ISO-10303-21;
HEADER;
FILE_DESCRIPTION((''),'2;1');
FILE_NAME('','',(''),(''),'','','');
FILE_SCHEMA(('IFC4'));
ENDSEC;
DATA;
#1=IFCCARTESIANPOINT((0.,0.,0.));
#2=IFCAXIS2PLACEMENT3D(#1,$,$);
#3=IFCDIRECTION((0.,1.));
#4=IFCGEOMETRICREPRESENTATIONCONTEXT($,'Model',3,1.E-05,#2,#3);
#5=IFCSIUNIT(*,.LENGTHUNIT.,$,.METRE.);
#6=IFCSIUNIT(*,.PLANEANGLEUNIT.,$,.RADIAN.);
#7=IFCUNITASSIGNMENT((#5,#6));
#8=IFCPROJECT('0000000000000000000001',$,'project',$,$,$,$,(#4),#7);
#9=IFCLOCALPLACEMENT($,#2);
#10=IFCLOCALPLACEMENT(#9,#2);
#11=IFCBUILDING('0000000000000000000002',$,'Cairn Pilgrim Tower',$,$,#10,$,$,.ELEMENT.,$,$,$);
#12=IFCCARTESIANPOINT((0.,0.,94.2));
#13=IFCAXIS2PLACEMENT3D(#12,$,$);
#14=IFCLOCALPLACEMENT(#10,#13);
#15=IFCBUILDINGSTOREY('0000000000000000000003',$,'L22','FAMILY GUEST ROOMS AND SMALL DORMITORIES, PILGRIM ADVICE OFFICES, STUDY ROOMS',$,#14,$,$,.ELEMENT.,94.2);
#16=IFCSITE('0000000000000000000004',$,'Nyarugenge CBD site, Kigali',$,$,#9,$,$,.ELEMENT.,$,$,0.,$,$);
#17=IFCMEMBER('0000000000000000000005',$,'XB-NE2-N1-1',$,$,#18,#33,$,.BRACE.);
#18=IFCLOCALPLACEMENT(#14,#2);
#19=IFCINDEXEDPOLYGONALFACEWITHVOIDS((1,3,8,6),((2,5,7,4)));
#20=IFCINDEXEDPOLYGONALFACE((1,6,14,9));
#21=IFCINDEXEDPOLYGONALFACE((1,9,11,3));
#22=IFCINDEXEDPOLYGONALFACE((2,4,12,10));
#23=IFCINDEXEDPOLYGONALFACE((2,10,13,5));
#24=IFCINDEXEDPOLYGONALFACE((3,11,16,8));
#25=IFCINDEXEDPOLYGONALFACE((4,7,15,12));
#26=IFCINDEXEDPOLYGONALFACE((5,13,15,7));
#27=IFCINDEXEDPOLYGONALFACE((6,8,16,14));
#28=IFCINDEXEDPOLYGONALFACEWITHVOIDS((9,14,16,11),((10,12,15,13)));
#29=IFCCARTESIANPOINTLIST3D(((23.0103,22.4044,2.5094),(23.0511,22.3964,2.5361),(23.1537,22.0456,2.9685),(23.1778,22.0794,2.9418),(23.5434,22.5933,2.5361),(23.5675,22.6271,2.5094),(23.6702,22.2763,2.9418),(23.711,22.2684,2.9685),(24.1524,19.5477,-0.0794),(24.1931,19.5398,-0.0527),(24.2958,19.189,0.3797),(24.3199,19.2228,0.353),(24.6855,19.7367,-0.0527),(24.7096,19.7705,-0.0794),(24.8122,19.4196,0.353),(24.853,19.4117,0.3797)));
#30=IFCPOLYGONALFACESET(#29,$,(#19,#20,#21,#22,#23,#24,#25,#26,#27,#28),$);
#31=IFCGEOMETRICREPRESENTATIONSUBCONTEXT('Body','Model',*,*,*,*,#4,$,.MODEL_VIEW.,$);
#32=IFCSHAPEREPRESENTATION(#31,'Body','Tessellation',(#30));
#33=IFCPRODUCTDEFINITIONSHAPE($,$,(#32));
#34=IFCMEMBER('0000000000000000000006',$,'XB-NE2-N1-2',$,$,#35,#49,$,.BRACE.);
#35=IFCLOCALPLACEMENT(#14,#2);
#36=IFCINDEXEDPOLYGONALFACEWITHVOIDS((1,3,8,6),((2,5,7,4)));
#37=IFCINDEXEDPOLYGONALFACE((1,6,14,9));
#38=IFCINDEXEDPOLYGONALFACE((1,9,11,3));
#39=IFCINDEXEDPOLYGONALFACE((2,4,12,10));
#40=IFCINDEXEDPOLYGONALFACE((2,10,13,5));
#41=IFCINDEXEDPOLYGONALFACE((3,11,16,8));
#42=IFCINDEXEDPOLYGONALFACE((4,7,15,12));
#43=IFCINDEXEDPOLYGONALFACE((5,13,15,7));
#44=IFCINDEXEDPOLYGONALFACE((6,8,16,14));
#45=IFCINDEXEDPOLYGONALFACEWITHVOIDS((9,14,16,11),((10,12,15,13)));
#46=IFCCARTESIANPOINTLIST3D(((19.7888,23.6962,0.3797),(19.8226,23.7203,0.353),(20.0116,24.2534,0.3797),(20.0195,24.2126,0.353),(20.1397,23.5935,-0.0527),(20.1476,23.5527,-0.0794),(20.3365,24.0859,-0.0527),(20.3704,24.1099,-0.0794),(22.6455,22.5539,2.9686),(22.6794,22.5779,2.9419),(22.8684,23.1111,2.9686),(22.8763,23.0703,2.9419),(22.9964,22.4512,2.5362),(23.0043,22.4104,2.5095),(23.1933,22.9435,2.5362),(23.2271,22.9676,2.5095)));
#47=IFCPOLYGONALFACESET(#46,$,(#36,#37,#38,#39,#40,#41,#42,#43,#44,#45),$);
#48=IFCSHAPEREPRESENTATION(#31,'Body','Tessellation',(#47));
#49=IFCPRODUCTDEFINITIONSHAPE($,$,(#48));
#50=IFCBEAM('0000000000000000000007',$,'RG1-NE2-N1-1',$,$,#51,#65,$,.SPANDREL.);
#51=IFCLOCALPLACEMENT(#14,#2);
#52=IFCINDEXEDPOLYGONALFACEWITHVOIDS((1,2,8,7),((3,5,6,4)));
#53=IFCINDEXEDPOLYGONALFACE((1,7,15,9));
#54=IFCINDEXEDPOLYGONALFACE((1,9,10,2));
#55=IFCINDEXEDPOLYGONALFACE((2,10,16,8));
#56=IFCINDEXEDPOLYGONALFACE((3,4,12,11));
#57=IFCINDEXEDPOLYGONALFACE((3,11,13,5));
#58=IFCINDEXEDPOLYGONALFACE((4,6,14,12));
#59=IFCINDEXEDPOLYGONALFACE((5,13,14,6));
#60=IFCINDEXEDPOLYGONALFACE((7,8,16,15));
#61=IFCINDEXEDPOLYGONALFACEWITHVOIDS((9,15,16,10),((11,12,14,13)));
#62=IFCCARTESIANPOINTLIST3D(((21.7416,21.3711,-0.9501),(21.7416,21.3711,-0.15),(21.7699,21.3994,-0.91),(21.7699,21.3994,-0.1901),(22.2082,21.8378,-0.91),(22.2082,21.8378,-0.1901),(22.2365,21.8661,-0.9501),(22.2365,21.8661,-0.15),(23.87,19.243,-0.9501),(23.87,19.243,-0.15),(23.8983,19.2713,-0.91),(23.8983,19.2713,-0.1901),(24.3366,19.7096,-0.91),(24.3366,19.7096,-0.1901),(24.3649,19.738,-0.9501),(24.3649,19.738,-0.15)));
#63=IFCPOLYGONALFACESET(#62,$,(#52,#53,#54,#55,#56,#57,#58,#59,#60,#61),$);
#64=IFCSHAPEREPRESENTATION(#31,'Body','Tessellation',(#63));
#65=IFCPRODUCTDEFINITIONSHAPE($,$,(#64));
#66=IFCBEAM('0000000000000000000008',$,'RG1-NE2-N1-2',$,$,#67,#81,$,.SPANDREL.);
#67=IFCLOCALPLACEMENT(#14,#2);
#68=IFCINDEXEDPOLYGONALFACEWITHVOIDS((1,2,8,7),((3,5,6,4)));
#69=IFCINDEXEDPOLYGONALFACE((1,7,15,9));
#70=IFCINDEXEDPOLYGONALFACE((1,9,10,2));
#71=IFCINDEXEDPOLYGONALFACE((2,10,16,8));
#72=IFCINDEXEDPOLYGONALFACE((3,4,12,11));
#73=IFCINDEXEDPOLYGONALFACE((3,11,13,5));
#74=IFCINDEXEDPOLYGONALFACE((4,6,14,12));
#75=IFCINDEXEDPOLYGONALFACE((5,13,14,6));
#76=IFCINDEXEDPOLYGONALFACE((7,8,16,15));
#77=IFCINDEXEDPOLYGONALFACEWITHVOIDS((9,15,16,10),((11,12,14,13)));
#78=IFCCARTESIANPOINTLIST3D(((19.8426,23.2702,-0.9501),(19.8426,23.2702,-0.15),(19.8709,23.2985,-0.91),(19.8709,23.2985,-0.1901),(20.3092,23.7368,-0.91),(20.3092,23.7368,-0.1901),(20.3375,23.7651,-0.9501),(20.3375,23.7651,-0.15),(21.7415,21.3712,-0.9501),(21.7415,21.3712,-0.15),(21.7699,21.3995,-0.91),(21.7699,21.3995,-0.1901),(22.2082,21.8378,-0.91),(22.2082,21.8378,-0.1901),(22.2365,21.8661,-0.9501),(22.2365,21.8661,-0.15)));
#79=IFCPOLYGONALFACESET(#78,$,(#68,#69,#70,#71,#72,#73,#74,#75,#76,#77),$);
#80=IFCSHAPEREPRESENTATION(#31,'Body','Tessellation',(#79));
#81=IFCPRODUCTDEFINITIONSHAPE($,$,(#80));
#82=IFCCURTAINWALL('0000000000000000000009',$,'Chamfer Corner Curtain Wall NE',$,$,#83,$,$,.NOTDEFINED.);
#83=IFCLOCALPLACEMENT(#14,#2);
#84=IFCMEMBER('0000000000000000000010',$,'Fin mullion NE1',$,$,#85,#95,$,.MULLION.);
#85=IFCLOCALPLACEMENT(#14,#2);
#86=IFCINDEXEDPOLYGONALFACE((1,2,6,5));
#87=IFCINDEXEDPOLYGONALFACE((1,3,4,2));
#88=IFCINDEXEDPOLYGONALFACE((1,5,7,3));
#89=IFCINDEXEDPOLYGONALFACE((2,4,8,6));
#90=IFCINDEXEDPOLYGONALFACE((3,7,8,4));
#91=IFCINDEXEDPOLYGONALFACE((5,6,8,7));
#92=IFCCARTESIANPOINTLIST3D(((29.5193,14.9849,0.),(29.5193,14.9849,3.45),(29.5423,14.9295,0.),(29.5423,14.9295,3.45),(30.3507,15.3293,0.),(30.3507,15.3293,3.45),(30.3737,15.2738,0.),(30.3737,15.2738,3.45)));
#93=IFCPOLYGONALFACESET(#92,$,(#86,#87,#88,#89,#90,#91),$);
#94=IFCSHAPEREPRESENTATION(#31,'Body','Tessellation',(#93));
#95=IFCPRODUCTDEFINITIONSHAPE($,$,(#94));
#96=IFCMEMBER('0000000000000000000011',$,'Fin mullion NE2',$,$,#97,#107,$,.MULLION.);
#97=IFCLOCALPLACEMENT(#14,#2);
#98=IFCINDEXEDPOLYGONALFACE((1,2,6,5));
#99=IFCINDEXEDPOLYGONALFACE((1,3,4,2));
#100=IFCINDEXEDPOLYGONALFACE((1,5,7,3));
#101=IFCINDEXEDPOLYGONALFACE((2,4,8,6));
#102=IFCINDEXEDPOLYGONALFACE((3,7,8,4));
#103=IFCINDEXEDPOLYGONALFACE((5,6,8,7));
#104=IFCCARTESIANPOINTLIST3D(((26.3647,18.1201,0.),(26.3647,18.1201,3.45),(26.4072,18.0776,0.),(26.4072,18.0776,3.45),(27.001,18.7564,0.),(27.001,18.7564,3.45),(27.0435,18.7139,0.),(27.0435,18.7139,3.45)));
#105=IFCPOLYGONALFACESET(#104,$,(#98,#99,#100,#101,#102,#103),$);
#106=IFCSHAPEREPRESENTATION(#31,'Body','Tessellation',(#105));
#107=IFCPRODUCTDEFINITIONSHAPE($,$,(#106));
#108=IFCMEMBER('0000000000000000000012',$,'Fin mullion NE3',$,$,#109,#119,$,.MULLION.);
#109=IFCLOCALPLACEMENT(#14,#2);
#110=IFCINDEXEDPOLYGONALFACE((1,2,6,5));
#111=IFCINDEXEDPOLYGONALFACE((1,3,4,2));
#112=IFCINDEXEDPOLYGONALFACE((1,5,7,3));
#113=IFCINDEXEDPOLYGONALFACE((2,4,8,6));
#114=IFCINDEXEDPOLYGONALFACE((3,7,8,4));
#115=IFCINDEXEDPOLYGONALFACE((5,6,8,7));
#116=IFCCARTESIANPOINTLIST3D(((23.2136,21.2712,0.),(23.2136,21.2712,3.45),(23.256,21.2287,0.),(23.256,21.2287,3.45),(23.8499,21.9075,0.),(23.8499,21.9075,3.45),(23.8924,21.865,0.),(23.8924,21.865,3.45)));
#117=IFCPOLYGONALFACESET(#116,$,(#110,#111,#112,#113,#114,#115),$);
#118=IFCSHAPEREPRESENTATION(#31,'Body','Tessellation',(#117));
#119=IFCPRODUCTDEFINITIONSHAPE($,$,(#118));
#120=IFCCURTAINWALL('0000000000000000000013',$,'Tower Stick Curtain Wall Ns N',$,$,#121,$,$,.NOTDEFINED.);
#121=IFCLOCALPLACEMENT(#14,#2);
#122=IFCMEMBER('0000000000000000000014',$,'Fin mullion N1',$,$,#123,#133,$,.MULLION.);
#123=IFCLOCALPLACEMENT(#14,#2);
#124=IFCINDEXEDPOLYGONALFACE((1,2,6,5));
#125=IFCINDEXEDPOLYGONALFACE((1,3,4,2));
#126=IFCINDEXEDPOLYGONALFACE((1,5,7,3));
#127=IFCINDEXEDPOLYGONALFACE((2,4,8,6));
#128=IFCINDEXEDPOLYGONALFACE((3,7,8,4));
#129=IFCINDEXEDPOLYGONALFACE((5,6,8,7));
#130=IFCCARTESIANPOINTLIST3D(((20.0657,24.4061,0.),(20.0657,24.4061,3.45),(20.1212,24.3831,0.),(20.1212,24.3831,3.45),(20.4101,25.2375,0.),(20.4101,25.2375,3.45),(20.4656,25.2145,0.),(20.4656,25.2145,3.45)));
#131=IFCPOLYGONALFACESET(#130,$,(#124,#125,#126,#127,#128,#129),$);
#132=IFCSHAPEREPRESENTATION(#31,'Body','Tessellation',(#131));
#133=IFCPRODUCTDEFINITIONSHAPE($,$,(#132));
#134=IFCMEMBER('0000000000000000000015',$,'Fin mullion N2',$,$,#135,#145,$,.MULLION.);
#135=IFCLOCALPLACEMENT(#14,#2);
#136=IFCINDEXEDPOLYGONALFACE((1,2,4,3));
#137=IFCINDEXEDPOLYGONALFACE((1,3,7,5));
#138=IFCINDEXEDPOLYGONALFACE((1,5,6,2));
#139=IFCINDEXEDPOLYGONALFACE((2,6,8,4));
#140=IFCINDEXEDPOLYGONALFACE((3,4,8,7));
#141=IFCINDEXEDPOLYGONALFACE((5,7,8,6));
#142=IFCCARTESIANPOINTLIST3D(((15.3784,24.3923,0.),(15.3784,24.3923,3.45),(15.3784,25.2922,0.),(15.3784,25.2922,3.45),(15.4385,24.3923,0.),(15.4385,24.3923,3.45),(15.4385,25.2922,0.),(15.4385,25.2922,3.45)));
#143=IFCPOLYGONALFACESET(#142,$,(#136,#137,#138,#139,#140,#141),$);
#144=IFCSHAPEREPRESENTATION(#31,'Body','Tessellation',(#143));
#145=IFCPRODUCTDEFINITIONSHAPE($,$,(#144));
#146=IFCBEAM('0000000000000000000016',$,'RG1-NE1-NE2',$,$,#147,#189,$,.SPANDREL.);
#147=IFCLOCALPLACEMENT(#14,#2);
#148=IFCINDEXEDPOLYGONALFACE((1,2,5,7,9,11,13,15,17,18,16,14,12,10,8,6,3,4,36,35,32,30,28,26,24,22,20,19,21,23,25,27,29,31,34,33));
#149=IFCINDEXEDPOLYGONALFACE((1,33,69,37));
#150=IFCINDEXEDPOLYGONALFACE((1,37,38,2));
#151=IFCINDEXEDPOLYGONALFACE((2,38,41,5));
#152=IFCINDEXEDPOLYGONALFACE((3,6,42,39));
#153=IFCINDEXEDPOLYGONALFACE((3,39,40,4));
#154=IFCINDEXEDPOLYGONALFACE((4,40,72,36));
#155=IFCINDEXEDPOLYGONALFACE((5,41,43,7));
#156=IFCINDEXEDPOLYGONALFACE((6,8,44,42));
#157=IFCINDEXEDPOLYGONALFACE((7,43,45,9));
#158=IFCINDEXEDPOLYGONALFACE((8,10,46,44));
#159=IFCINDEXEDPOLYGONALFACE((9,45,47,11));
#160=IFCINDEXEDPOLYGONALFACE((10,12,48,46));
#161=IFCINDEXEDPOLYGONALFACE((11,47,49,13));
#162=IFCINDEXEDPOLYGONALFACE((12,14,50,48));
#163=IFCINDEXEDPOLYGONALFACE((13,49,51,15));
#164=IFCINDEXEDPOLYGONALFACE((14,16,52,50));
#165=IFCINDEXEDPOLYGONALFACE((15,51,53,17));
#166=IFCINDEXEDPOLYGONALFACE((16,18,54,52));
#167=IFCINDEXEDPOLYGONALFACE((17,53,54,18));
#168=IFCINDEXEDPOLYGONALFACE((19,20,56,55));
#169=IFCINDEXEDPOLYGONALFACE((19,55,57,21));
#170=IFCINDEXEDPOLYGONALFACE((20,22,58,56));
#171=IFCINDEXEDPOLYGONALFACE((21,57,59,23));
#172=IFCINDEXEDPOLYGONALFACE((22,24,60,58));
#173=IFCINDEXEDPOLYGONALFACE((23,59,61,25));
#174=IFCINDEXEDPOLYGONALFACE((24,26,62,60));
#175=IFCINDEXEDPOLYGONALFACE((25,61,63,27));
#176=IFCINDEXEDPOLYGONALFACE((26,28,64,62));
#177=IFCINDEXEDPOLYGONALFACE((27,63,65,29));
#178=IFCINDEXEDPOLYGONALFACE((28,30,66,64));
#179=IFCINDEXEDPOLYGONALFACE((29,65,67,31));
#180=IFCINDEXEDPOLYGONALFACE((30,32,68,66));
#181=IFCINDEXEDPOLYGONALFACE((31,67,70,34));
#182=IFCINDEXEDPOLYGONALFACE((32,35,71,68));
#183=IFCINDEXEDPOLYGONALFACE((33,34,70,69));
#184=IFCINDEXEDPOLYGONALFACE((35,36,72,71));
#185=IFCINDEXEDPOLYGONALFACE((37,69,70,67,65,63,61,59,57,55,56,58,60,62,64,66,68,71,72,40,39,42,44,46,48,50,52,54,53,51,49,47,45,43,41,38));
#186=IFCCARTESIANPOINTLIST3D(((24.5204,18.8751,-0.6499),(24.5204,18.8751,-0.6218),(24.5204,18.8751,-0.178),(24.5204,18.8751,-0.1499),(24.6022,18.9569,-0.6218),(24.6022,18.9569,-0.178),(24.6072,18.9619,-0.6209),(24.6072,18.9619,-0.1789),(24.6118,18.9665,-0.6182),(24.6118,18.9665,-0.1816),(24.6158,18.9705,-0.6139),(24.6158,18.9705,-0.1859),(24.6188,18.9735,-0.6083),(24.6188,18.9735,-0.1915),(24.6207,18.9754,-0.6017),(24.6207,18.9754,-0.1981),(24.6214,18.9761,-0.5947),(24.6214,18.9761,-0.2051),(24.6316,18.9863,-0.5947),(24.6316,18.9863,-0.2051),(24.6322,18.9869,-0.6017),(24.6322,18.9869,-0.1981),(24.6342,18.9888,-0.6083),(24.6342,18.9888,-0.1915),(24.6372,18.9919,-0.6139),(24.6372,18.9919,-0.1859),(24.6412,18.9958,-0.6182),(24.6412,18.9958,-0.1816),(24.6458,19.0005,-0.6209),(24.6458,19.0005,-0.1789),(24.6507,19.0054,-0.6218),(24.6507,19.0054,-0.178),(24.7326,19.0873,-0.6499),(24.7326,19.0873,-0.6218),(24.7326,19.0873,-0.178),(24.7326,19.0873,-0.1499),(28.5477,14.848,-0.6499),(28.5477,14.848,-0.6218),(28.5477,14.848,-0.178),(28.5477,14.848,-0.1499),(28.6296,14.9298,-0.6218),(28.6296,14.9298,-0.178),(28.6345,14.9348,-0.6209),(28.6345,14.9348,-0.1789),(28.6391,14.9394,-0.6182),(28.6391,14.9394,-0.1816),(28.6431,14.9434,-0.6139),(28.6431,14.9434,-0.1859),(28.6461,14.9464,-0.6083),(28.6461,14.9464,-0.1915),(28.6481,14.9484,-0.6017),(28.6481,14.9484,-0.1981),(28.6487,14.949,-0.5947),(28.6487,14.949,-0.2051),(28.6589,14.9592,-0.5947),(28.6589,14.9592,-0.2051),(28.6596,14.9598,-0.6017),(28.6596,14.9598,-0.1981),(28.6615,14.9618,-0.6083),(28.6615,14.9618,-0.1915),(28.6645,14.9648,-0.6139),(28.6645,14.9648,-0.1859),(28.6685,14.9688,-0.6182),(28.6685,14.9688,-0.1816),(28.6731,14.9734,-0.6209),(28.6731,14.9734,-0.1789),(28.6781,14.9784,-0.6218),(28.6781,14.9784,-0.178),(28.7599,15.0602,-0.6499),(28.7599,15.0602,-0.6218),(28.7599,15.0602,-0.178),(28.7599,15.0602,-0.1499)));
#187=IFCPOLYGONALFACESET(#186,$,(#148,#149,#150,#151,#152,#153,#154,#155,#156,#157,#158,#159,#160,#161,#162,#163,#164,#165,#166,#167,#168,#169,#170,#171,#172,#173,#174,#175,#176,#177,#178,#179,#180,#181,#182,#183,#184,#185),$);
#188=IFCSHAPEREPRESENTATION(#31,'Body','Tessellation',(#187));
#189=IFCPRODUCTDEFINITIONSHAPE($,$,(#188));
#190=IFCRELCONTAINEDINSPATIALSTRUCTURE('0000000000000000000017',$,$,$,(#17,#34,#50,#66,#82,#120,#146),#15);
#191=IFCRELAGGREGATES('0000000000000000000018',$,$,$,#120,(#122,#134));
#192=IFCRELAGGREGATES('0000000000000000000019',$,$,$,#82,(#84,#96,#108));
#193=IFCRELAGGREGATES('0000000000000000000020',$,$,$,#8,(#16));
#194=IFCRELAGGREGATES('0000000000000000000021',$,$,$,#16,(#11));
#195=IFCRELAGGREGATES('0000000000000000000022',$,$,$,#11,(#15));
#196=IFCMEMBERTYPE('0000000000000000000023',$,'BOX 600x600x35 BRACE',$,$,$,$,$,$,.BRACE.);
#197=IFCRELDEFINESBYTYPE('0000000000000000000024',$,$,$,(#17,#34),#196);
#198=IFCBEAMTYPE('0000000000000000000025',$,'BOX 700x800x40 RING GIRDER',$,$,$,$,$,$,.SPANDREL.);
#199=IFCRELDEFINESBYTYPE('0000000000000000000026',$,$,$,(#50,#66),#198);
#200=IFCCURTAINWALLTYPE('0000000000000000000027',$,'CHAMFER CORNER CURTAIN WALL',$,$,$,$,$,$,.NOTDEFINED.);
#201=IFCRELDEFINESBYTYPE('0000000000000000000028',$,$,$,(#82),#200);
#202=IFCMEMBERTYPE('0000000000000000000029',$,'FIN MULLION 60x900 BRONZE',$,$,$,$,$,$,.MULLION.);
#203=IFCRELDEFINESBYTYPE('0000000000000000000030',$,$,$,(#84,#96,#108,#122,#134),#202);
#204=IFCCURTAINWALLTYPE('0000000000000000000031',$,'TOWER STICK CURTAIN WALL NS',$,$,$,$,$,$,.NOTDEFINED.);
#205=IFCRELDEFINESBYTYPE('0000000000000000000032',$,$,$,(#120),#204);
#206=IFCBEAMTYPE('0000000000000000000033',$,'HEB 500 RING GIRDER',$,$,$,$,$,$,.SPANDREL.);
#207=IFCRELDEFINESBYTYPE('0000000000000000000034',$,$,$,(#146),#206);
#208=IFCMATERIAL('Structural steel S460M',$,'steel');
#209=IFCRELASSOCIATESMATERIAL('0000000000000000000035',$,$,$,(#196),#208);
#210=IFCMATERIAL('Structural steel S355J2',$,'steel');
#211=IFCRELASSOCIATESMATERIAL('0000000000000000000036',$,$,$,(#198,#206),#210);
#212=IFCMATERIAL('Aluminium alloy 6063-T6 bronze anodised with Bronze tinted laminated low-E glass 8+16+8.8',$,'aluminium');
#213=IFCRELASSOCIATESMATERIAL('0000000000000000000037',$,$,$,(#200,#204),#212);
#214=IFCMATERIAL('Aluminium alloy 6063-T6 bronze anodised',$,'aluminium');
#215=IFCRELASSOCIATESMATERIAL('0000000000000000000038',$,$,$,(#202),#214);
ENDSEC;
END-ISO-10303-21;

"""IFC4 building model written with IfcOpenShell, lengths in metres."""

from ifc_helpers import new_model, si_unit, direction, frame, origin, origin_2d, place, context, subcontext, project, spatial, rectangle, hollow_rectangle, i_section, extrude, material, material_profile, profile_set, type_object, element, aggregate, save


model = new_model("IFC4")

# Units and contexts
model_context = context("Model", 3, precision=1e-05, world=origin(), true_north=direction((0.0, 1.0)))
body_context = subcontext(model_context, "Body", "Model", "MODEL_VIEW")
ifc_project = project(units=[si_unit("LENGTHUNIT", "METRE"), si_unit("PLANEANGLEUNIT", "RADIAN")], contexts=[model_context])

# Site, building, storey
site_placement = place(None, origin())
site = spatial("IfcSite", under=ifc_project, at=site_placement, Name="Nyarugenge CBD site, Kigali", CompositionType="ELEMENT", RefElevation=0.0)
building_placement = place(site_placement, origin())
building = spatial("IfcBuilding", under=site, at=building_placement, Name="Cairn Pilgrim Tower", CompositionType="ELEMENT")
storey_placement = place(building_placement, frame((0.0, 0.0, 94.2)))
storey = spatial("IfcBuildingStorey", under=building, at=storey_placement, Name="L22", Description="FAMILY GUEST ROOMS AND SMALL DORMITORIES, PILGRIM ADVICE OFFICES, STUDY ROOMS", CompositionType="ELEMENT", Elevation=94.2)

# Shared definitions
ifc_material_1 = material(Name="Structural steel S460M", Category="steel")

# Members
ifc_material_profile_1 = material_profile(ifc_material_1, hollow_rectangle(XDim=0.6001, YDim=0.6001, WallThickness=0.0349, at=origin_2d()), Name="BOX 600x600x35")
ifc_profile_set_1 = profile_set([ifc_material_profile_1], Name="Structural steel S460M")
member_type_1 = type_object("IfcMemberType", Name="BOX 600x600x35 BRACE", PredefinedType="BRACE", material=ifc_profile_set_1)
member_1_placement = place(storey_placement, frame((24.5027, 19.4797, 0.1501), z_axis=(-0.284042, 0.710468, 0.64386), x_axis=(-0.928542, -0.371226, 0.0)))
element("IfcMember", 1, at=member_1_placement, inside=storey, type_object=member_type_1, Name="XB-NE2-N1-1", PredefinedType="BRACE", context=body_context, shape_type="SweptSolid", body=[
    extrude(hollow_rectangle(XDim=0.6001, YDim=0.6001, WallThickness=0.0349, at=origin_2d()), origin(), (0.0, 0.0, 1.0), 4.0208),
])
member_2_placement = place(storey_placement, frame((20.0796, 23.9031, 0.1501), z_axis=(0.710456, -0.284097, 0.643849), x_axis=(0.371295, 0.928515, 0.0)))
element("IfcMember", 2, at=member_2_placement, inside=storey, type_object=member_type_1, Name="XB-NE2-N1-2", PredefinedType="BRACE", context=body_context, shape_type="SweptSolid", body=[
    extrude(hollow_rectangle(XDim=0.6001, YDim=0.6001, WallThickness=0.0349, at=origin_2d()), origin(), (0.0, 0.0, 1.0), 4.021),
])

# Beams
ifc_material_2 = material(Name="Structural steel S355J2", Category="steel")
ifc_material_profile_2 = material_profile(ifc_material_2, hollow_rectangle(XDim=0.7, YDim=0.8, WallThickness=0.04, at=origin_2d()), Name="BOX 700x800x40")
ifc_profile_set_2 = profile_set([ifc_material_profile_2], Name="Structural steel S355J2")
beam_type_1 = type_object("IfcBeamType", Name="BOX 700x800x40 RING GIRDER", PredefinedType="SPANDREL", material=ifc_profile_set_2)
beam_1_placement = place(storey_placement, frame((24.1174, 19.4905, -0.55), z_axis=(-0.707147, 0.707066, 0.0), x_axis=(-0.707066, -0.707147, 0.0)))
element("IfcBeam", 3, at=beam_1_placement, inside=storey, type_object=beam_type_1, Name="RG1-NE2-N1-1", PredefinedType="SPANDREL", context=body_context, shape_type="SweptSolid", body=[
    extrude(hollow_rectangle(XDim=0.7, YDim=0.8, WallThickness=0.04, at=origin_2d()), origin(), (0.0, 0.0, 1.0), 3.0098),
])
beam_2_placement = place(storey_placement, frame((21.989, 21.6187, -0.55), z_axis=(-0.707107, 0.707107, 0.0), x_axis=(-0.707107, -0.707107, 0.0)))
element("IfcBeam", 4, at=beam_2_placement, inside=storey, type_object=beam_type_1, Name="RG1-NE2-N1-2", PredefinedType="SPANDREL", context=body_context, shape_type="SweptSolid", body=[
    extrude(hollow_rectangle(XDim=0.7, YDim=0.8, WallThickness=0.04, at=origin_2d()), origin(), (0.0, 0.0, 1.0), 2.6855),
])

# Curtain walls, members
ifc_material_3 = material(Name="Aluminium alloy 6063-T6 bronze anodised with Bronze tinted laminated low-E glass 8+16+8.8", Category="aluminium")
curtain_wall_type_1 = type_object("IfcCurtainWallType", Name="CHAMFER CORNER CURTAIN WALL", PredefinedType="NOTDEFINED", material=ifc_material_3)
curtain_wall_1_placement = place(storey_placement, origin())
curtain_wall_1 = element("IfcCurtainWall", 5, at=curtain_wall_1_placement, inside=storey, type_object=curtain_wall_type_1, Name="Chamfer Corner Curtain Wall NE", PredefinedType="NOTDEFINED")
ifc_material_4 = material(Name="Aluminium alloy 6063-T6 bronze anodised", Category="aluminium")
ifc_material_profile_3 = material_profile(ifc_material_4, rectangle(XDim=0.8999, YDim=0.0601, at=origin_2d()), Name="FIN MULLION 60x900 BRONZE")
ifc_profile_set_3 = profile_set([ifc_material_profile_3], Name="Aluminium alloy 6063-T6 bronze anodised")
member_type_2 = type_object("IfcMemberType", Name="FIN MULLION 60x900 BRONZE", PredefinedType="MULLION", material=ifc_profile_set_3)
member_3_placement = place(storey_placement, frame((29.9465, 15.1294, 0.0), z_axis=(0.0, 0.0, 1.0), x_axis=(0.92388, 0.382683, 0.0)))
member_3 = element("IfcMember", 6, at=member_3_placement, type_object=member_type_2, Name="Fin mullion NE1", PredefinedType="MULLION", context=body_context, shape_type="SweptSolid", body=[
    extrude(rectangle(XDim=0.8999, YDim=0.0601, at=origin_2d()), origin(), (0.0, 0.0, 1.0), 3.45),
])
member_4_placement = place(storey_placement, frame((26.7041, 18.417, 0.0), z_axis=(0.0, 0.0, 1.0), x_axis=(0.707107, 0.707107, 0.0)))
member_4 = element("IfcMember", 7, at=member_4_placement, type_object=member_type_2, Name="Fin mullion NE2", PredefinedType="MULLION", context=body_context, shape_type="SweptSolid", body=[
    extrude(rectangle(XDim=0.8999, YDim=0.0601, at=origin_2d()), origin(), (0.0, 0.0, 1.0), 3.45),
])
member_5_placement = place(storey_placement, frame((23.553, 21.5681, 0.0), z_axis=(0.0, 0.0, 1.0), x_axis=(0.707107, 0.707107, 0.0)))
member_5 = element("IfcMember", 8, at=member_5_placement, type_object=member_type_2, Name="Fin mullion NE3", PredefinedType="MULLION", context=body_context, shape_type="SweptSolid", body=[
    extrude(rectangle(XDim=0.8999, YDim=0.0601, at=origin_2d()), origin(), (0.0, 0.0, 1.0), 3.45),
])
curtain_wall_type_2 = type_object("IfcCurtainWallType", Name="TOWER STICK CURTAIN WALL NS", PredefinedType="NOTDEFINED", material=ifc_material_3)
curtain_wall_2_placement = place(storey_placement, origin())
curtain_wall_2 = element("IfcCurtainWall", 9, at=curtain_wall_2_placement, inside=storey, type_object=curtain_wall_type_2, Name="Tower Stick Curtain Wall Ns N", PredefinedType="NOTDEFINED")
member_6_placement = place(storey_placement, frame((20.2656, 24.8103, 0.0), z_axis=(0.0, 0.0, 1.0), x_axis=(0.382683, 0.92388, 0.0)))
member_6 = element("IfcMember", 10, at=member_6_placement, type_object=member_type_2, Name="Fin mullion N1", PredefinedType="MULLION", context=body_context, shape_type="SweptSolid", body=[
    extrude(rectangle(XDim=0.8999, YDim=0.0601, at=origin_2d()), origin(), (0.0, 0.0, 1.0), 3.45),
])
member_7_placement = place(storey_placement, frame((15.4084, 24.8423, 0.0), z_axis=(0.0, 0.0, 1.0), x_axis=(0.0, 1.0, 0.0)))
member_7 = element("IfcMember", 11, at=member_7_placement, type_object=member_type_2, Name="Fin mullion N2", PredefinedType="MULLION", context=body_context, shape_type="SweptSolid", body=[
    extrude(rectangle(XDim=0.8999, YDim=0.0601, at=origin_2d()), origin(), (0.0, 0.0, 1.0), 3.45),
])

# Beam
ifc_material_profile_4 = material_profile(ifc_material_2, i_section(OverallWidth=0.3, OverallDepth=0.5, WebThickness=0.0144, FlangeThickness=0.0281, FilletRadius=0.0271, at=origin_2d()), Name="HEB 500")
ifc_profile_set_4 = profile_set([ifc_material_profile_4], Name="Structural steel S355J2")
beam_type_2 = type_object("IfcBeamType", Name="HEB 500 RING GIRDER", PredefinedType="SPANDREL", material=ifc_profile_set_4)
beam_3_placement = place(storey_placement, frame((28.6538, 14.9541, -0.3999), z_axis=(-0.707128, 0.707085, 0.0), x_axis=(-0.707085, -0.707128, 0.0)))
element("IfcBeam", 12, at=beam_3_placement, inside=storey, type_object=beam_type_2, Name="RG1-NE1-NE2", PredefinedType="SPANDREL", context=body_context, shape_type="SweptSolid", body=[
    extrude(i_section(OverallWidth=0.3, OverallDepth=0.5, WebThickness=0.0144, FlangeThickness=0.0281, FilletRadius=0.0271, at=origin_2d()), origin(), (0.0, 0.0, 1.0), 5.6953),
])

aggregate(curtain_wall_2, [member_6, member_7])

aggregate(curtain_wall_1, [member_3, member_4, member_5])

save(model, "model.ifc")
